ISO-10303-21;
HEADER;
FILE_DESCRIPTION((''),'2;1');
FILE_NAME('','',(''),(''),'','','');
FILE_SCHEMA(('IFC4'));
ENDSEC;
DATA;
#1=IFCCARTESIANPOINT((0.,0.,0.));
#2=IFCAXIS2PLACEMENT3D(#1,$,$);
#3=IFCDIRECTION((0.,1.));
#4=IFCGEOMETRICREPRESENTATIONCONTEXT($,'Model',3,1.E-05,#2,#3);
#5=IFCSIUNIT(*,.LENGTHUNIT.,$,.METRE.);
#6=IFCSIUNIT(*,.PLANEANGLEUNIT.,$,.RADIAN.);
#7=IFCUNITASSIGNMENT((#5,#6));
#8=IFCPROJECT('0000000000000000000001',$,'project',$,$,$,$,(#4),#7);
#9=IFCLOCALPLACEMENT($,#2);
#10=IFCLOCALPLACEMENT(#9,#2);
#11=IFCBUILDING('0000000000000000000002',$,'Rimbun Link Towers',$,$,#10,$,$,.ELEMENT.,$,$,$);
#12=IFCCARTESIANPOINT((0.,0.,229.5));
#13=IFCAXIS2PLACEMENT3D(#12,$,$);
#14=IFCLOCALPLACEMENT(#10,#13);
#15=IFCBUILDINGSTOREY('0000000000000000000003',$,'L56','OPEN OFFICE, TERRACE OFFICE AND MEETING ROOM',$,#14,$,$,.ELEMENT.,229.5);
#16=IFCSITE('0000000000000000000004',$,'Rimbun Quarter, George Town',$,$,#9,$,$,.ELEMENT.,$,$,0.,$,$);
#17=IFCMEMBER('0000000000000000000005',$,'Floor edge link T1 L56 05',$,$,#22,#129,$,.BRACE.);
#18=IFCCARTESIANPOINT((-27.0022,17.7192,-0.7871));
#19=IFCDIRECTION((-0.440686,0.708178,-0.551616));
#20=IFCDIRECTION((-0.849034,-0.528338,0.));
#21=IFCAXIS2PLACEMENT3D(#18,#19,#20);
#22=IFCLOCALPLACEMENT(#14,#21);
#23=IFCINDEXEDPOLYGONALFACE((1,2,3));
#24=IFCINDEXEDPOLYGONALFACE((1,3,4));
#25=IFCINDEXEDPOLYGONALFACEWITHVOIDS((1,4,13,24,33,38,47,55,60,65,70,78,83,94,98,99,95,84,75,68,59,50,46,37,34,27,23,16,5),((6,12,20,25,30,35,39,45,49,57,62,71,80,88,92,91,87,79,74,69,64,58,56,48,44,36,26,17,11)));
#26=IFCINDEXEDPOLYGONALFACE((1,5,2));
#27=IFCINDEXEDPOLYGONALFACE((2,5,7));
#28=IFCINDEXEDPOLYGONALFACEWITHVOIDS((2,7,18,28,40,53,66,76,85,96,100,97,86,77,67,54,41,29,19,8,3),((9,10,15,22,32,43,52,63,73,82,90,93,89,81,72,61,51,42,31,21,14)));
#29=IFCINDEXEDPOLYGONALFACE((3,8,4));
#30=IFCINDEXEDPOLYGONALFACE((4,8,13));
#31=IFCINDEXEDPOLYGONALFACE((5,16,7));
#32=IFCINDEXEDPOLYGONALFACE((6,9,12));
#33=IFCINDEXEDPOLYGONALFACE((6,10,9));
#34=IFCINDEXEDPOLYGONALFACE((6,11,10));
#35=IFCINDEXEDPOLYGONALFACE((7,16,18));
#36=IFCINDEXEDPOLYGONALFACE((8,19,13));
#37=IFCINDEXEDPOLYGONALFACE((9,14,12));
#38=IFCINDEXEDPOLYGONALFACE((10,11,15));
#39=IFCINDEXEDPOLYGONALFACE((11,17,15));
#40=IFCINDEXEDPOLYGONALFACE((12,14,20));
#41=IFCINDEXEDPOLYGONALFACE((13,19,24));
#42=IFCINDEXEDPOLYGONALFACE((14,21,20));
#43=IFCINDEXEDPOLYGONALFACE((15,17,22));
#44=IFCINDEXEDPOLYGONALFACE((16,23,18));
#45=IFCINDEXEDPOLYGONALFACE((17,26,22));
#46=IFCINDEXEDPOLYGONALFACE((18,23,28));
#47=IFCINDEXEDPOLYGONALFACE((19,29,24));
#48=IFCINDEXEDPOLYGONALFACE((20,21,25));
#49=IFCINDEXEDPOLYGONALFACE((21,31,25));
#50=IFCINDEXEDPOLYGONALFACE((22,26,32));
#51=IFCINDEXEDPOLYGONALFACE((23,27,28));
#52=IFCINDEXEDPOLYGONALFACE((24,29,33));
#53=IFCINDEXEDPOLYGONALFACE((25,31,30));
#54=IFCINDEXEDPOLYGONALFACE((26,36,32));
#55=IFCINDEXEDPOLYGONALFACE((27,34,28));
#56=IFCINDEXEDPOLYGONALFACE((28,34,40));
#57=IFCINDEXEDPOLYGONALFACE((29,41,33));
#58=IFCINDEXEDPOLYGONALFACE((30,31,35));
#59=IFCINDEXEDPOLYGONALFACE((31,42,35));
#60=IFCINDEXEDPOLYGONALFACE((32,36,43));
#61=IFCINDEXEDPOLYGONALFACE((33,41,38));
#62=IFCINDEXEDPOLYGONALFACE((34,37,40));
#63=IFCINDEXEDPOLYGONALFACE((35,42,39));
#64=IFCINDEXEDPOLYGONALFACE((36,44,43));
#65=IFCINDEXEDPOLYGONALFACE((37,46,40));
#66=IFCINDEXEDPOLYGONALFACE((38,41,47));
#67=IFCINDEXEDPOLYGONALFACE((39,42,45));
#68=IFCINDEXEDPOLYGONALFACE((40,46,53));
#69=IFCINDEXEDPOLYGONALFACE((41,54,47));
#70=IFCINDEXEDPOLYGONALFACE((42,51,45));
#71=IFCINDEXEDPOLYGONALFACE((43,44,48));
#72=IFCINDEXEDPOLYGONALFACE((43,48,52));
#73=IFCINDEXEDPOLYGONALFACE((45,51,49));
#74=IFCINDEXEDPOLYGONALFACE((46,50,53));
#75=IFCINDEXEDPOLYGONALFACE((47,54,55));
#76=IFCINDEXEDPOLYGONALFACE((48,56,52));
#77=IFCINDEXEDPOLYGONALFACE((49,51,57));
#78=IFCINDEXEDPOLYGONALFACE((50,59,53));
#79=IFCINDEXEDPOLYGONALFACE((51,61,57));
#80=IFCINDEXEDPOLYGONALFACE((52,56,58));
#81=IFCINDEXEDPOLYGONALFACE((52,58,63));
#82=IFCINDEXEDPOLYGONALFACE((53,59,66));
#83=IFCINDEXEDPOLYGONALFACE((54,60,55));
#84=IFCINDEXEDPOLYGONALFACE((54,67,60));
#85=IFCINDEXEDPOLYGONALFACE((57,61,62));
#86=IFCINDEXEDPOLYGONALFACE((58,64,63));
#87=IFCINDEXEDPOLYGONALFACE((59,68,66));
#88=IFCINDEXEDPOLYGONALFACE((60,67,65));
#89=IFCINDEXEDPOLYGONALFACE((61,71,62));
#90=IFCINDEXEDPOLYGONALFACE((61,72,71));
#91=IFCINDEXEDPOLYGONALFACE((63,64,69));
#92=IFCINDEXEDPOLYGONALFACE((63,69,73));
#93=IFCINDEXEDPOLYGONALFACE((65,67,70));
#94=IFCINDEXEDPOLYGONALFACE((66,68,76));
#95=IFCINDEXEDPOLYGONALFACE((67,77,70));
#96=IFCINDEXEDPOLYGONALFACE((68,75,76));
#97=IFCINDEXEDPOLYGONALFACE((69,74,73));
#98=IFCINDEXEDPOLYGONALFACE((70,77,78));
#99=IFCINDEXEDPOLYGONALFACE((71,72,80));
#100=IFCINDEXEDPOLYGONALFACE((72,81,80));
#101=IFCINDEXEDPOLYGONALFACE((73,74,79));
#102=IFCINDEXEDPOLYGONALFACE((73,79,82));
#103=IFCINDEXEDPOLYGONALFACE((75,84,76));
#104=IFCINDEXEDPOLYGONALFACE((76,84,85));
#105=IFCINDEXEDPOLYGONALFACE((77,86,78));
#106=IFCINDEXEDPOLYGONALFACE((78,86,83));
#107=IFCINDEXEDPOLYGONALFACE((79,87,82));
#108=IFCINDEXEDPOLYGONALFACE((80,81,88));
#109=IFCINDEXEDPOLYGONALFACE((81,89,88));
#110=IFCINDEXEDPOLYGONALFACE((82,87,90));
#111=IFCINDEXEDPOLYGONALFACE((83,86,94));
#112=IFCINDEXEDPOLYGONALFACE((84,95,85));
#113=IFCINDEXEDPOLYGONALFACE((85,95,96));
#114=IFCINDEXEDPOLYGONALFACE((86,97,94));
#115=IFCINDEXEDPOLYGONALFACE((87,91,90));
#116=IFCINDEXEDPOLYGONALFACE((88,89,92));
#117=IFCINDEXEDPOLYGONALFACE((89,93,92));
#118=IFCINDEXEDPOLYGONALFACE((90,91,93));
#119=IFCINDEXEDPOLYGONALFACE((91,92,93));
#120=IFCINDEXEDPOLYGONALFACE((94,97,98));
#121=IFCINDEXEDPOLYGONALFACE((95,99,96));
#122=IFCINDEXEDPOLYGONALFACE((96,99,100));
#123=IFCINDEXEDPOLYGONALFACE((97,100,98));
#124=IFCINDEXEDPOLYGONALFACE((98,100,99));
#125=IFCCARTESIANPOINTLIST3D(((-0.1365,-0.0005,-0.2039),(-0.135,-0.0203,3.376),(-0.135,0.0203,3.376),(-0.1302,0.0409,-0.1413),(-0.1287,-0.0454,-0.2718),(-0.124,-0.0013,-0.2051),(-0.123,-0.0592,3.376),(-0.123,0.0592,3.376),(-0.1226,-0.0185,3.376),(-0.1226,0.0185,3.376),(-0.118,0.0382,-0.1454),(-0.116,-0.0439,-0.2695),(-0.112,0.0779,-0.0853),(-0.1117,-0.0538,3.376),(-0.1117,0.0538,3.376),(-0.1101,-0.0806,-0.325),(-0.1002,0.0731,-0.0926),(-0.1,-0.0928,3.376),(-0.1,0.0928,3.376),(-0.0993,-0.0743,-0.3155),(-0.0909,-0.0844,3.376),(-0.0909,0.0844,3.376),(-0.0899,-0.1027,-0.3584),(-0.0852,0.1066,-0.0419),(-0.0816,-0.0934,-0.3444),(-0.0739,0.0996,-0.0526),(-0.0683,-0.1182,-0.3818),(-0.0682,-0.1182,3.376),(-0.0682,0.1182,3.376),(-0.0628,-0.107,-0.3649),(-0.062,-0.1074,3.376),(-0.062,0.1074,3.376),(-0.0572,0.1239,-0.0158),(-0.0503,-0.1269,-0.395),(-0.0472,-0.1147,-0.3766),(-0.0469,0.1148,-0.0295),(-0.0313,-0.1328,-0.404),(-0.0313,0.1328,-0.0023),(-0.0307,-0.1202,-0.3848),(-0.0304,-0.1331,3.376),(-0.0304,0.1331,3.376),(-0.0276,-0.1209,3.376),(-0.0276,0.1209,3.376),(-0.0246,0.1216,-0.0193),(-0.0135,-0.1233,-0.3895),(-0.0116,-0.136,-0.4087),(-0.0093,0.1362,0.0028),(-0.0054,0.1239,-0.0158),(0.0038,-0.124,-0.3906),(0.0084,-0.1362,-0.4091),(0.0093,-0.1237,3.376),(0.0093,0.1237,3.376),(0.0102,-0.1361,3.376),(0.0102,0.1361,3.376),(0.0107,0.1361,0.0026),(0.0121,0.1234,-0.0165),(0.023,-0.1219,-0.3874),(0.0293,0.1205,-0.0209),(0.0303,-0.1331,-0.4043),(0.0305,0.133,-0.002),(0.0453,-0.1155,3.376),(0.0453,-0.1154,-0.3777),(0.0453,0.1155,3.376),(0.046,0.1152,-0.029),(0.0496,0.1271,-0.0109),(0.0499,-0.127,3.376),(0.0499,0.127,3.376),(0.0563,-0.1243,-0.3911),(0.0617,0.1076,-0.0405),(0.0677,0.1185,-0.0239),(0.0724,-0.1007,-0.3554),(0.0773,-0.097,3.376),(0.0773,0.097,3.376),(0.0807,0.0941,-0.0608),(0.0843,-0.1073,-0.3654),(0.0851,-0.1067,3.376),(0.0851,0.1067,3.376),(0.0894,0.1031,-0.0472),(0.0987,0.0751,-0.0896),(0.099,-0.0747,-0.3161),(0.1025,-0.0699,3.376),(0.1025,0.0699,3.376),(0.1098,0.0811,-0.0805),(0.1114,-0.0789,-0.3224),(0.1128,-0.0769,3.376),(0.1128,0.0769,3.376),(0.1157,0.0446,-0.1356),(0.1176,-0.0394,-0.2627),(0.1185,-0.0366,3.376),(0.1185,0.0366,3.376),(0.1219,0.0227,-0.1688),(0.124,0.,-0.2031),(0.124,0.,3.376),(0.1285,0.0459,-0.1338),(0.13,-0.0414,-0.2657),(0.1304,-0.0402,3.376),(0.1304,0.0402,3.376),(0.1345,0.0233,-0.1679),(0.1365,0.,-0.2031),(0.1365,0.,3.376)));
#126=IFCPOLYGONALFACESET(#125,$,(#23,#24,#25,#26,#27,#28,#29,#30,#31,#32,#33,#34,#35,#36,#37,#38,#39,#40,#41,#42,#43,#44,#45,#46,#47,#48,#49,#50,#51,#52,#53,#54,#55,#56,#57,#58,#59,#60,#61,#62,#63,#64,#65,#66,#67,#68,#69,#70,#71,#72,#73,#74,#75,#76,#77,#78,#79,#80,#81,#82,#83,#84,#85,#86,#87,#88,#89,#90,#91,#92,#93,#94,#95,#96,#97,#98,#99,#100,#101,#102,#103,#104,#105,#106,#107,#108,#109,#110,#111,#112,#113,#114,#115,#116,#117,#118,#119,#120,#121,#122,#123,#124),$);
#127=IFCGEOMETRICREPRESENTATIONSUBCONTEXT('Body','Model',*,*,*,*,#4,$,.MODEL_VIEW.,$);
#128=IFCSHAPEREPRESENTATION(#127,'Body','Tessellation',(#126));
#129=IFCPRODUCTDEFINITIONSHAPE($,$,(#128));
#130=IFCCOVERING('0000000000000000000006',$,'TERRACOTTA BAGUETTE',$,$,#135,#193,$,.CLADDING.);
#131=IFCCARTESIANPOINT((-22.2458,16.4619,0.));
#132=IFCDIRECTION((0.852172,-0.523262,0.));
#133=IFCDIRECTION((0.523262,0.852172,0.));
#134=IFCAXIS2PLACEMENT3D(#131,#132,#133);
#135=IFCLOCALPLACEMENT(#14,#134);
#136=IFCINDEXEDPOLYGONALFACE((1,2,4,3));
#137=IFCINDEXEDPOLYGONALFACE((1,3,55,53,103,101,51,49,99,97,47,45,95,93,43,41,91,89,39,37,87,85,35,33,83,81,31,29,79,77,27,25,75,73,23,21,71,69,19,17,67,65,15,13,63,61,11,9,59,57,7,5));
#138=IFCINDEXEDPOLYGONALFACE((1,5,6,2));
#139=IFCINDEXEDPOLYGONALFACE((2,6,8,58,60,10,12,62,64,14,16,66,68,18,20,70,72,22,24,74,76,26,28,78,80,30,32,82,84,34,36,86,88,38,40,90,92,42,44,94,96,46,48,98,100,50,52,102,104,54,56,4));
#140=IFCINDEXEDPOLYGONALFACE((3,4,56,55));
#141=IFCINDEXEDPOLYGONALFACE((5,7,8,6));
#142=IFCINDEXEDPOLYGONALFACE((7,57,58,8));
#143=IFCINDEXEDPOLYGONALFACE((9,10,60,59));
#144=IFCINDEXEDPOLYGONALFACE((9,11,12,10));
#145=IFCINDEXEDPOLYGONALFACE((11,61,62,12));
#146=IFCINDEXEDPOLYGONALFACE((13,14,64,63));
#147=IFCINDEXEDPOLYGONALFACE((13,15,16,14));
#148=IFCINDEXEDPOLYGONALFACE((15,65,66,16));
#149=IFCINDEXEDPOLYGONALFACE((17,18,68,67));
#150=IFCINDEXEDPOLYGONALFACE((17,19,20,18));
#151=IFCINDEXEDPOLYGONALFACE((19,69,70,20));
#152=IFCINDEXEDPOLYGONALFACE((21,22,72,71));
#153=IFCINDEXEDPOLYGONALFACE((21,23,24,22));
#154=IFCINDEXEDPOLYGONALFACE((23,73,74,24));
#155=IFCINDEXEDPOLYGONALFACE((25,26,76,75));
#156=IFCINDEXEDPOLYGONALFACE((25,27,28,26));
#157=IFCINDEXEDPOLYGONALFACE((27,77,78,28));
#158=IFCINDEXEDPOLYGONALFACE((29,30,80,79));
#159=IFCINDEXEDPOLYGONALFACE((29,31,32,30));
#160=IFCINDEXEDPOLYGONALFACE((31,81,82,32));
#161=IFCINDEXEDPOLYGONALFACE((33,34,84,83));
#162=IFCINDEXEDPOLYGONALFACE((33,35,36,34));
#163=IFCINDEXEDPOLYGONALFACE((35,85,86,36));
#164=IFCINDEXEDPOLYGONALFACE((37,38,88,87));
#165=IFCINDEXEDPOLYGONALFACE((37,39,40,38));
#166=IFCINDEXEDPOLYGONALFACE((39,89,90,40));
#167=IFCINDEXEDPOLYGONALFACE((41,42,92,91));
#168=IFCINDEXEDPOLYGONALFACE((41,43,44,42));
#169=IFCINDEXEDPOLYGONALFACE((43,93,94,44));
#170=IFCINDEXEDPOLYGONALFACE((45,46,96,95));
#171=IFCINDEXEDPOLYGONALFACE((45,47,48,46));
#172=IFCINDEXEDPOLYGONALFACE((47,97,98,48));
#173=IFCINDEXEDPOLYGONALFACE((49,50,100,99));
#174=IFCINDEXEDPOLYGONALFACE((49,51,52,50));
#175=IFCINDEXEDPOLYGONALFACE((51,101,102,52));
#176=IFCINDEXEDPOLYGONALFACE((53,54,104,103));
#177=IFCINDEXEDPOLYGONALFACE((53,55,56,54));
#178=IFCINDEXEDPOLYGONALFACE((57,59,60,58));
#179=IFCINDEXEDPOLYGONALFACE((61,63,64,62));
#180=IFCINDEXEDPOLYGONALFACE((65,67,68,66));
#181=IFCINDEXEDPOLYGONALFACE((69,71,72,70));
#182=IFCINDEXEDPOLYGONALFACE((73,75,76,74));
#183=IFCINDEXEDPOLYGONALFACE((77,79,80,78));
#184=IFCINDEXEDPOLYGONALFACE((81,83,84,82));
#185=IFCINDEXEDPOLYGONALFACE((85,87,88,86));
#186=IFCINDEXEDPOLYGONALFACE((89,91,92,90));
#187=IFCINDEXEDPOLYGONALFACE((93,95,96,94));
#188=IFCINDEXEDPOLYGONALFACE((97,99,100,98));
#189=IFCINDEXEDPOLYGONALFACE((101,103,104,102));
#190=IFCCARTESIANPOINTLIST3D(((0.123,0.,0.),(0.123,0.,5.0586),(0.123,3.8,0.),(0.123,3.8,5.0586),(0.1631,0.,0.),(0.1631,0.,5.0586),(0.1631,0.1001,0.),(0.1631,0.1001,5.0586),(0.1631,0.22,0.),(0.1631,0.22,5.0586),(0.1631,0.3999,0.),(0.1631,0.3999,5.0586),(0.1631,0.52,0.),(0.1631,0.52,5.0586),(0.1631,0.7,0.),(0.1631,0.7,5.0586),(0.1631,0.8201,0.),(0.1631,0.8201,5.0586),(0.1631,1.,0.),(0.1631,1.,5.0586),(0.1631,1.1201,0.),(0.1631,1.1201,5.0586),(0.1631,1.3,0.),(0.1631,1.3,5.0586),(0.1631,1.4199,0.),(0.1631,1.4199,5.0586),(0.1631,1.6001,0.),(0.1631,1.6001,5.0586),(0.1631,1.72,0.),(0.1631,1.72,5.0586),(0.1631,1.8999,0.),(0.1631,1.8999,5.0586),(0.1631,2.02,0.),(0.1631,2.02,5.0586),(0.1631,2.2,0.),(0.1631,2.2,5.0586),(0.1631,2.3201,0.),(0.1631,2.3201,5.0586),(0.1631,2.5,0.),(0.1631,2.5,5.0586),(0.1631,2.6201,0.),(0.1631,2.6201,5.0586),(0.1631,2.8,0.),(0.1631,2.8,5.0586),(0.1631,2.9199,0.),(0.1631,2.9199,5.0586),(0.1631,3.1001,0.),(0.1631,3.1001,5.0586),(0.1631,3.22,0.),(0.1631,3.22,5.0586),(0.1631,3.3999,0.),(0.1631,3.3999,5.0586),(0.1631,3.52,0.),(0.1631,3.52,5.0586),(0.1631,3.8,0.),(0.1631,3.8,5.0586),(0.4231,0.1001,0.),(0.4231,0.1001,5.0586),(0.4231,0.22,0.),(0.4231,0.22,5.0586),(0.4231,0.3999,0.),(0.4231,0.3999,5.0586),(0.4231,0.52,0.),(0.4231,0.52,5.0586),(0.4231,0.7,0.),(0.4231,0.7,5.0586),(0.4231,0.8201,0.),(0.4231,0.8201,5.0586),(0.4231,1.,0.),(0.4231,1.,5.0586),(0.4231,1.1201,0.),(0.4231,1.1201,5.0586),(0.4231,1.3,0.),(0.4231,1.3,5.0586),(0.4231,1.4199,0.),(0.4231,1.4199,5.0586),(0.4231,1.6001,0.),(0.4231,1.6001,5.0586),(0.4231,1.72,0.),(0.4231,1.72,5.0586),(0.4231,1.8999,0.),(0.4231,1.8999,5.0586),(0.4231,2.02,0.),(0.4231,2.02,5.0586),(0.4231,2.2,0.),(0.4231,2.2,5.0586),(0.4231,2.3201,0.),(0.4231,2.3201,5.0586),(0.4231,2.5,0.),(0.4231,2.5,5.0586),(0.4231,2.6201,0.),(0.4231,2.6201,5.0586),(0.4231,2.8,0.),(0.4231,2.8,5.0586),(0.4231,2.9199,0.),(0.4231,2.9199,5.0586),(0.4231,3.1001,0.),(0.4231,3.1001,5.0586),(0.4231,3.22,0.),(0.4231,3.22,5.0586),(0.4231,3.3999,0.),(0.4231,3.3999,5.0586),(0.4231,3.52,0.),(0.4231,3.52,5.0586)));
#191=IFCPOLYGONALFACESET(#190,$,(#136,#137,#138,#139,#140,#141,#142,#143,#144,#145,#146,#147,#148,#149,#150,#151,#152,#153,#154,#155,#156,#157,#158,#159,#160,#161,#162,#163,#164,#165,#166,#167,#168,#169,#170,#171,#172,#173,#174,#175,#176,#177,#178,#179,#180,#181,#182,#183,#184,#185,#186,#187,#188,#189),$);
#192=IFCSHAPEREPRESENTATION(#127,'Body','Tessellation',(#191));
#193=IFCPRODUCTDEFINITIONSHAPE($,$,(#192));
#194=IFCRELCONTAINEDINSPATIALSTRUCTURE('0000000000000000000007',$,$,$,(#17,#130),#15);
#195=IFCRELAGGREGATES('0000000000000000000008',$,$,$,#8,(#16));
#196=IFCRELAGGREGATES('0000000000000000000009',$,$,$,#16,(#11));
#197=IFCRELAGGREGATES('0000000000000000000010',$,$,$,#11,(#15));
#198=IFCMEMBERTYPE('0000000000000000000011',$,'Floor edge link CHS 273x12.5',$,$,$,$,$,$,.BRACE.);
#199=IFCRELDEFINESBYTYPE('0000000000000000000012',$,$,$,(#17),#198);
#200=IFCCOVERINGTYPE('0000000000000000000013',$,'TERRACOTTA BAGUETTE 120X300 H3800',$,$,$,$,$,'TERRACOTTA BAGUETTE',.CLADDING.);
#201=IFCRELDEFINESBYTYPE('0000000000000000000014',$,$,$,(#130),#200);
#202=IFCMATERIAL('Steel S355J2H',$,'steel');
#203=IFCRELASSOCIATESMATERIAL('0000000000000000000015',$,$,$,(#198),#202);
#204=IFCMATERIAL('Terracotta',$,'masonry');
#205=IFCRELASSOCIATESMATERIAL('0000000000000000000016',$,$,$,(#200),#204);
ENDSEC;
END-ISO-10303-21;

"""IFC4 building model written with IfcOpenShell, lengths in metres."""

from ifc_helpers import new_model, si_unit, direction, frame, origin, origin_2d, place, context, subcontext, project, spatial, polyline, hollow_circle, outline, extrude, clip, halfspace, material, material_profile, profile_set, type_object, element, save


model = new_model("IFC4")

# Units and contexts
model_context = context("Model", 3, precision=1e-05, world=origin(), true_north=direction((0.0, 1.0)))
body_context = subcontext(model_context, "Body", "Model", "MODEL_VIEW")
ifc_project = project(units=[si_unit("LENGTHUNIT", "METRE"), si_unit("PLANEANGLEUNIT", "RADIAN")], contexts=[model_context])

# Site, building, storey
site_placement = place(None, origin())
site = spatial("IfcSite", under=ifc_project, at=site_placement, Name="Rimbun Quarter, George Town", CompositionType="ELEMENT", RefElevation=0.0)
building_placement = place(site_placement, origin())
building = spatial("IfcBuilding", under=site, at=building_placement, Name="Rimbun Link Towers", CompositionType="ELEMENT")
storey_placement = place(building_placement, frame((0.0, 0.0, 229.5)))
storey = spatial("IfcBuildingStorey", under=building, at=storey_placement, Name="L56", Description="OPEN OFFICE, TERRACE OFFICE AND MEETING ROOM", CompositionType="ELEMENT", Elevation=229.5)

# Member
ifc_material_1 = material(Name="Steel S355J2H", Category="steel")
ifc_material_profile_1 = material_profile(ifc_material_1, hollow_circle(Radius=0.1365, WallThickness=0.0125, at=origin_2d()), Name="CHS 273x12.5")
ifc_profile_set_1 = profile_set([ifc_material_profile_1], Name="Steel S355J2H")
member_type_1 = type_object("IfcMemberType", Name="Floor edge link CHS 273x12.5", PredefinedType="BRACE", material=ifc_profile_set_1)
member_1_placement = place(storey_placement, frame((-27.0022, 17.7192, -0.7871), z_axis=(-0.440686, 0.708178, -0.551616), x_axis=(-0.849034, -0.528338, 0.0)))
element("IfcMember", 1, at=member_1_placement, inside=storey, type_object=member_type_1, Name="Floor edge link T1 L56 05", PredefinedType="BRACE", context=body_context, shape_type="Clipping", body=[
    clip(extrude(hollow_circle(Radius=0.1365, WallThickness=0.0125, at=origin_2d()), frame((0.0, 0.0, -0.4309)), (0.0, 0.0, 1.0), 3.8069), halfspace(frame((0.0, 0.0, -0.2031), z_axis=(0.0, 0.834098, -0.551616)), False)),
])

# Covering
ifc_material_2 = material(Name="Terracotta", Category="masonry")
ifc_material_profile_2 = material_profile(ifc_material_2, outline(polyline([(0.123, 0.0), (0.1631, 0.0), (0.1631, 0.1001), (0.4231, 0.1001), (0.4231, 0.22), (0.1631, 0.22), (0.1631, 0.3999), (0.4231, 0.3999), (0.4231, 0.52), (0.1631, 0.52), (0.1631, 0.7), (0.4231, 0.7), (0.4231, 0.8201), (0.1631, 0.8201), (0.1631, 1.0), (0.4231, 1.0), (0.4231, 1.1201), (0.1631, 1.1201), (0.1631, 1.3), (0.4231, 1.3), (0.4231, 1.4199), (0.1631, 1.4199), (0.1631, 1.6001), (0.4231, 1.6001), (0.4231, 1.72), (0.1631, 1.72), (0.1631, 1.8999), (0.4231, 1.8999), (0.4231, 2.02), (0.1631, 2.02), (0.1631, 2.2), (0.4231, 2.2), (0.4231, 2.3201), (0.1631, 2.3201), (0.1631, 2.5), (0.4231, 2.5), (0.4231, 2.6201), (0.1631, 2.6201), (0.1631, 2.8), (0.4231, 2.8), (0.4231, 2.9199), (0.1631, 2.9199), (0.1631, 3.1001), (0.4231, 3.1001), (0.4231, 3.22), (0.1631, 3.22), (0.1631, 3.3999), (0.4231, 3.3999), (0.4231, 3.52), (0.1631, 3.52), (0.1631, 3.8), (0.123, 3.8), (0.123, 0.0)])), Name="BAGUETTE 120X300")
ifc_profile_set_2 = profile_set([ifc_material_profile_2], Name="Terracotta")
covering_type = type_object("IfcCoveringType", Name="TERRACOTTA BAGUETTE 120X300 H3800", ElementType="TERRACOTTA BAGUETTE", PredefinedType="CLADDING", material=ifc_profile_set_2)
covering_1_placement = place(storey_placement, frame((-22.2458, 16.4619, 0.0), z_axis=(0.852172, -0.523262, 0.0), x_axis=(0.523262, 0.852172, 0.0)))
element("IfcCovering", 2, at=covering_1_placement, inside=storey, type_object=covering_type, Name="TERRACOTTA BAGUETTE", PredefinedType="CLADDING", context=body_context, shape_type="SweptSolid", body=[
    extrude(outline(polyline([(0.123, 0.0), (0.1631, 0.0), (0.1631, 0.1001), (0.4231, 0.1001), (0.4231, 0.22), (0.1631, 0.22), (0.1631, 0.3999), (0.4231, 0.3999), (0.4231, 0.52), (0.1631, 0.52), (0.1631, 0.7), (0.4231, 0.7), (0.4231, 0.8201), (0.1631, 0.8201), (0.1631, 1.0), (0.4231, 1.0), (0.4231, 1.1201), (0.1631, 1.1201), (0.1631, 1.3), (0.4231, 1.3), (0.4231, 1.4199), (0.1631, 1.4199), (0.1631, 1.6001), (0.4231, 1.6001), (0.4231, 1.72), (0.1631, 1.72), (0.1631, 1.8999), (0.4231, 1.8999), (0.4231, 2.02), (0.1631, 2.02), (0.1631, 2.2), (0.4231, 2.2), (0.4231, 2.3201), (0.1631, 2.3201), (0.1631, 2.5), (0.4231, 2.5), (0.4231, 2.6201), (0.1631, 2.6201), (0.1631, 2.8), (0.4231, 2.8), (0.4231, 2.9199), (0.1631, 2.9199), (0.1631, 3.1001), (0.4231, 3.1001), (0.4231, 3.22), (0.1631, 3.22), (0.1631, 3.3999), (0.4231, 3.3999), (0.4231, 3.52), (0.1631, 3.52), (0.1631, 3.8), (0.123, 3.8), (0.123, 0.0)])), origin(), (0.0, 0.0, 1.0), 5.0586),
])

save(model, "model.ifc")
